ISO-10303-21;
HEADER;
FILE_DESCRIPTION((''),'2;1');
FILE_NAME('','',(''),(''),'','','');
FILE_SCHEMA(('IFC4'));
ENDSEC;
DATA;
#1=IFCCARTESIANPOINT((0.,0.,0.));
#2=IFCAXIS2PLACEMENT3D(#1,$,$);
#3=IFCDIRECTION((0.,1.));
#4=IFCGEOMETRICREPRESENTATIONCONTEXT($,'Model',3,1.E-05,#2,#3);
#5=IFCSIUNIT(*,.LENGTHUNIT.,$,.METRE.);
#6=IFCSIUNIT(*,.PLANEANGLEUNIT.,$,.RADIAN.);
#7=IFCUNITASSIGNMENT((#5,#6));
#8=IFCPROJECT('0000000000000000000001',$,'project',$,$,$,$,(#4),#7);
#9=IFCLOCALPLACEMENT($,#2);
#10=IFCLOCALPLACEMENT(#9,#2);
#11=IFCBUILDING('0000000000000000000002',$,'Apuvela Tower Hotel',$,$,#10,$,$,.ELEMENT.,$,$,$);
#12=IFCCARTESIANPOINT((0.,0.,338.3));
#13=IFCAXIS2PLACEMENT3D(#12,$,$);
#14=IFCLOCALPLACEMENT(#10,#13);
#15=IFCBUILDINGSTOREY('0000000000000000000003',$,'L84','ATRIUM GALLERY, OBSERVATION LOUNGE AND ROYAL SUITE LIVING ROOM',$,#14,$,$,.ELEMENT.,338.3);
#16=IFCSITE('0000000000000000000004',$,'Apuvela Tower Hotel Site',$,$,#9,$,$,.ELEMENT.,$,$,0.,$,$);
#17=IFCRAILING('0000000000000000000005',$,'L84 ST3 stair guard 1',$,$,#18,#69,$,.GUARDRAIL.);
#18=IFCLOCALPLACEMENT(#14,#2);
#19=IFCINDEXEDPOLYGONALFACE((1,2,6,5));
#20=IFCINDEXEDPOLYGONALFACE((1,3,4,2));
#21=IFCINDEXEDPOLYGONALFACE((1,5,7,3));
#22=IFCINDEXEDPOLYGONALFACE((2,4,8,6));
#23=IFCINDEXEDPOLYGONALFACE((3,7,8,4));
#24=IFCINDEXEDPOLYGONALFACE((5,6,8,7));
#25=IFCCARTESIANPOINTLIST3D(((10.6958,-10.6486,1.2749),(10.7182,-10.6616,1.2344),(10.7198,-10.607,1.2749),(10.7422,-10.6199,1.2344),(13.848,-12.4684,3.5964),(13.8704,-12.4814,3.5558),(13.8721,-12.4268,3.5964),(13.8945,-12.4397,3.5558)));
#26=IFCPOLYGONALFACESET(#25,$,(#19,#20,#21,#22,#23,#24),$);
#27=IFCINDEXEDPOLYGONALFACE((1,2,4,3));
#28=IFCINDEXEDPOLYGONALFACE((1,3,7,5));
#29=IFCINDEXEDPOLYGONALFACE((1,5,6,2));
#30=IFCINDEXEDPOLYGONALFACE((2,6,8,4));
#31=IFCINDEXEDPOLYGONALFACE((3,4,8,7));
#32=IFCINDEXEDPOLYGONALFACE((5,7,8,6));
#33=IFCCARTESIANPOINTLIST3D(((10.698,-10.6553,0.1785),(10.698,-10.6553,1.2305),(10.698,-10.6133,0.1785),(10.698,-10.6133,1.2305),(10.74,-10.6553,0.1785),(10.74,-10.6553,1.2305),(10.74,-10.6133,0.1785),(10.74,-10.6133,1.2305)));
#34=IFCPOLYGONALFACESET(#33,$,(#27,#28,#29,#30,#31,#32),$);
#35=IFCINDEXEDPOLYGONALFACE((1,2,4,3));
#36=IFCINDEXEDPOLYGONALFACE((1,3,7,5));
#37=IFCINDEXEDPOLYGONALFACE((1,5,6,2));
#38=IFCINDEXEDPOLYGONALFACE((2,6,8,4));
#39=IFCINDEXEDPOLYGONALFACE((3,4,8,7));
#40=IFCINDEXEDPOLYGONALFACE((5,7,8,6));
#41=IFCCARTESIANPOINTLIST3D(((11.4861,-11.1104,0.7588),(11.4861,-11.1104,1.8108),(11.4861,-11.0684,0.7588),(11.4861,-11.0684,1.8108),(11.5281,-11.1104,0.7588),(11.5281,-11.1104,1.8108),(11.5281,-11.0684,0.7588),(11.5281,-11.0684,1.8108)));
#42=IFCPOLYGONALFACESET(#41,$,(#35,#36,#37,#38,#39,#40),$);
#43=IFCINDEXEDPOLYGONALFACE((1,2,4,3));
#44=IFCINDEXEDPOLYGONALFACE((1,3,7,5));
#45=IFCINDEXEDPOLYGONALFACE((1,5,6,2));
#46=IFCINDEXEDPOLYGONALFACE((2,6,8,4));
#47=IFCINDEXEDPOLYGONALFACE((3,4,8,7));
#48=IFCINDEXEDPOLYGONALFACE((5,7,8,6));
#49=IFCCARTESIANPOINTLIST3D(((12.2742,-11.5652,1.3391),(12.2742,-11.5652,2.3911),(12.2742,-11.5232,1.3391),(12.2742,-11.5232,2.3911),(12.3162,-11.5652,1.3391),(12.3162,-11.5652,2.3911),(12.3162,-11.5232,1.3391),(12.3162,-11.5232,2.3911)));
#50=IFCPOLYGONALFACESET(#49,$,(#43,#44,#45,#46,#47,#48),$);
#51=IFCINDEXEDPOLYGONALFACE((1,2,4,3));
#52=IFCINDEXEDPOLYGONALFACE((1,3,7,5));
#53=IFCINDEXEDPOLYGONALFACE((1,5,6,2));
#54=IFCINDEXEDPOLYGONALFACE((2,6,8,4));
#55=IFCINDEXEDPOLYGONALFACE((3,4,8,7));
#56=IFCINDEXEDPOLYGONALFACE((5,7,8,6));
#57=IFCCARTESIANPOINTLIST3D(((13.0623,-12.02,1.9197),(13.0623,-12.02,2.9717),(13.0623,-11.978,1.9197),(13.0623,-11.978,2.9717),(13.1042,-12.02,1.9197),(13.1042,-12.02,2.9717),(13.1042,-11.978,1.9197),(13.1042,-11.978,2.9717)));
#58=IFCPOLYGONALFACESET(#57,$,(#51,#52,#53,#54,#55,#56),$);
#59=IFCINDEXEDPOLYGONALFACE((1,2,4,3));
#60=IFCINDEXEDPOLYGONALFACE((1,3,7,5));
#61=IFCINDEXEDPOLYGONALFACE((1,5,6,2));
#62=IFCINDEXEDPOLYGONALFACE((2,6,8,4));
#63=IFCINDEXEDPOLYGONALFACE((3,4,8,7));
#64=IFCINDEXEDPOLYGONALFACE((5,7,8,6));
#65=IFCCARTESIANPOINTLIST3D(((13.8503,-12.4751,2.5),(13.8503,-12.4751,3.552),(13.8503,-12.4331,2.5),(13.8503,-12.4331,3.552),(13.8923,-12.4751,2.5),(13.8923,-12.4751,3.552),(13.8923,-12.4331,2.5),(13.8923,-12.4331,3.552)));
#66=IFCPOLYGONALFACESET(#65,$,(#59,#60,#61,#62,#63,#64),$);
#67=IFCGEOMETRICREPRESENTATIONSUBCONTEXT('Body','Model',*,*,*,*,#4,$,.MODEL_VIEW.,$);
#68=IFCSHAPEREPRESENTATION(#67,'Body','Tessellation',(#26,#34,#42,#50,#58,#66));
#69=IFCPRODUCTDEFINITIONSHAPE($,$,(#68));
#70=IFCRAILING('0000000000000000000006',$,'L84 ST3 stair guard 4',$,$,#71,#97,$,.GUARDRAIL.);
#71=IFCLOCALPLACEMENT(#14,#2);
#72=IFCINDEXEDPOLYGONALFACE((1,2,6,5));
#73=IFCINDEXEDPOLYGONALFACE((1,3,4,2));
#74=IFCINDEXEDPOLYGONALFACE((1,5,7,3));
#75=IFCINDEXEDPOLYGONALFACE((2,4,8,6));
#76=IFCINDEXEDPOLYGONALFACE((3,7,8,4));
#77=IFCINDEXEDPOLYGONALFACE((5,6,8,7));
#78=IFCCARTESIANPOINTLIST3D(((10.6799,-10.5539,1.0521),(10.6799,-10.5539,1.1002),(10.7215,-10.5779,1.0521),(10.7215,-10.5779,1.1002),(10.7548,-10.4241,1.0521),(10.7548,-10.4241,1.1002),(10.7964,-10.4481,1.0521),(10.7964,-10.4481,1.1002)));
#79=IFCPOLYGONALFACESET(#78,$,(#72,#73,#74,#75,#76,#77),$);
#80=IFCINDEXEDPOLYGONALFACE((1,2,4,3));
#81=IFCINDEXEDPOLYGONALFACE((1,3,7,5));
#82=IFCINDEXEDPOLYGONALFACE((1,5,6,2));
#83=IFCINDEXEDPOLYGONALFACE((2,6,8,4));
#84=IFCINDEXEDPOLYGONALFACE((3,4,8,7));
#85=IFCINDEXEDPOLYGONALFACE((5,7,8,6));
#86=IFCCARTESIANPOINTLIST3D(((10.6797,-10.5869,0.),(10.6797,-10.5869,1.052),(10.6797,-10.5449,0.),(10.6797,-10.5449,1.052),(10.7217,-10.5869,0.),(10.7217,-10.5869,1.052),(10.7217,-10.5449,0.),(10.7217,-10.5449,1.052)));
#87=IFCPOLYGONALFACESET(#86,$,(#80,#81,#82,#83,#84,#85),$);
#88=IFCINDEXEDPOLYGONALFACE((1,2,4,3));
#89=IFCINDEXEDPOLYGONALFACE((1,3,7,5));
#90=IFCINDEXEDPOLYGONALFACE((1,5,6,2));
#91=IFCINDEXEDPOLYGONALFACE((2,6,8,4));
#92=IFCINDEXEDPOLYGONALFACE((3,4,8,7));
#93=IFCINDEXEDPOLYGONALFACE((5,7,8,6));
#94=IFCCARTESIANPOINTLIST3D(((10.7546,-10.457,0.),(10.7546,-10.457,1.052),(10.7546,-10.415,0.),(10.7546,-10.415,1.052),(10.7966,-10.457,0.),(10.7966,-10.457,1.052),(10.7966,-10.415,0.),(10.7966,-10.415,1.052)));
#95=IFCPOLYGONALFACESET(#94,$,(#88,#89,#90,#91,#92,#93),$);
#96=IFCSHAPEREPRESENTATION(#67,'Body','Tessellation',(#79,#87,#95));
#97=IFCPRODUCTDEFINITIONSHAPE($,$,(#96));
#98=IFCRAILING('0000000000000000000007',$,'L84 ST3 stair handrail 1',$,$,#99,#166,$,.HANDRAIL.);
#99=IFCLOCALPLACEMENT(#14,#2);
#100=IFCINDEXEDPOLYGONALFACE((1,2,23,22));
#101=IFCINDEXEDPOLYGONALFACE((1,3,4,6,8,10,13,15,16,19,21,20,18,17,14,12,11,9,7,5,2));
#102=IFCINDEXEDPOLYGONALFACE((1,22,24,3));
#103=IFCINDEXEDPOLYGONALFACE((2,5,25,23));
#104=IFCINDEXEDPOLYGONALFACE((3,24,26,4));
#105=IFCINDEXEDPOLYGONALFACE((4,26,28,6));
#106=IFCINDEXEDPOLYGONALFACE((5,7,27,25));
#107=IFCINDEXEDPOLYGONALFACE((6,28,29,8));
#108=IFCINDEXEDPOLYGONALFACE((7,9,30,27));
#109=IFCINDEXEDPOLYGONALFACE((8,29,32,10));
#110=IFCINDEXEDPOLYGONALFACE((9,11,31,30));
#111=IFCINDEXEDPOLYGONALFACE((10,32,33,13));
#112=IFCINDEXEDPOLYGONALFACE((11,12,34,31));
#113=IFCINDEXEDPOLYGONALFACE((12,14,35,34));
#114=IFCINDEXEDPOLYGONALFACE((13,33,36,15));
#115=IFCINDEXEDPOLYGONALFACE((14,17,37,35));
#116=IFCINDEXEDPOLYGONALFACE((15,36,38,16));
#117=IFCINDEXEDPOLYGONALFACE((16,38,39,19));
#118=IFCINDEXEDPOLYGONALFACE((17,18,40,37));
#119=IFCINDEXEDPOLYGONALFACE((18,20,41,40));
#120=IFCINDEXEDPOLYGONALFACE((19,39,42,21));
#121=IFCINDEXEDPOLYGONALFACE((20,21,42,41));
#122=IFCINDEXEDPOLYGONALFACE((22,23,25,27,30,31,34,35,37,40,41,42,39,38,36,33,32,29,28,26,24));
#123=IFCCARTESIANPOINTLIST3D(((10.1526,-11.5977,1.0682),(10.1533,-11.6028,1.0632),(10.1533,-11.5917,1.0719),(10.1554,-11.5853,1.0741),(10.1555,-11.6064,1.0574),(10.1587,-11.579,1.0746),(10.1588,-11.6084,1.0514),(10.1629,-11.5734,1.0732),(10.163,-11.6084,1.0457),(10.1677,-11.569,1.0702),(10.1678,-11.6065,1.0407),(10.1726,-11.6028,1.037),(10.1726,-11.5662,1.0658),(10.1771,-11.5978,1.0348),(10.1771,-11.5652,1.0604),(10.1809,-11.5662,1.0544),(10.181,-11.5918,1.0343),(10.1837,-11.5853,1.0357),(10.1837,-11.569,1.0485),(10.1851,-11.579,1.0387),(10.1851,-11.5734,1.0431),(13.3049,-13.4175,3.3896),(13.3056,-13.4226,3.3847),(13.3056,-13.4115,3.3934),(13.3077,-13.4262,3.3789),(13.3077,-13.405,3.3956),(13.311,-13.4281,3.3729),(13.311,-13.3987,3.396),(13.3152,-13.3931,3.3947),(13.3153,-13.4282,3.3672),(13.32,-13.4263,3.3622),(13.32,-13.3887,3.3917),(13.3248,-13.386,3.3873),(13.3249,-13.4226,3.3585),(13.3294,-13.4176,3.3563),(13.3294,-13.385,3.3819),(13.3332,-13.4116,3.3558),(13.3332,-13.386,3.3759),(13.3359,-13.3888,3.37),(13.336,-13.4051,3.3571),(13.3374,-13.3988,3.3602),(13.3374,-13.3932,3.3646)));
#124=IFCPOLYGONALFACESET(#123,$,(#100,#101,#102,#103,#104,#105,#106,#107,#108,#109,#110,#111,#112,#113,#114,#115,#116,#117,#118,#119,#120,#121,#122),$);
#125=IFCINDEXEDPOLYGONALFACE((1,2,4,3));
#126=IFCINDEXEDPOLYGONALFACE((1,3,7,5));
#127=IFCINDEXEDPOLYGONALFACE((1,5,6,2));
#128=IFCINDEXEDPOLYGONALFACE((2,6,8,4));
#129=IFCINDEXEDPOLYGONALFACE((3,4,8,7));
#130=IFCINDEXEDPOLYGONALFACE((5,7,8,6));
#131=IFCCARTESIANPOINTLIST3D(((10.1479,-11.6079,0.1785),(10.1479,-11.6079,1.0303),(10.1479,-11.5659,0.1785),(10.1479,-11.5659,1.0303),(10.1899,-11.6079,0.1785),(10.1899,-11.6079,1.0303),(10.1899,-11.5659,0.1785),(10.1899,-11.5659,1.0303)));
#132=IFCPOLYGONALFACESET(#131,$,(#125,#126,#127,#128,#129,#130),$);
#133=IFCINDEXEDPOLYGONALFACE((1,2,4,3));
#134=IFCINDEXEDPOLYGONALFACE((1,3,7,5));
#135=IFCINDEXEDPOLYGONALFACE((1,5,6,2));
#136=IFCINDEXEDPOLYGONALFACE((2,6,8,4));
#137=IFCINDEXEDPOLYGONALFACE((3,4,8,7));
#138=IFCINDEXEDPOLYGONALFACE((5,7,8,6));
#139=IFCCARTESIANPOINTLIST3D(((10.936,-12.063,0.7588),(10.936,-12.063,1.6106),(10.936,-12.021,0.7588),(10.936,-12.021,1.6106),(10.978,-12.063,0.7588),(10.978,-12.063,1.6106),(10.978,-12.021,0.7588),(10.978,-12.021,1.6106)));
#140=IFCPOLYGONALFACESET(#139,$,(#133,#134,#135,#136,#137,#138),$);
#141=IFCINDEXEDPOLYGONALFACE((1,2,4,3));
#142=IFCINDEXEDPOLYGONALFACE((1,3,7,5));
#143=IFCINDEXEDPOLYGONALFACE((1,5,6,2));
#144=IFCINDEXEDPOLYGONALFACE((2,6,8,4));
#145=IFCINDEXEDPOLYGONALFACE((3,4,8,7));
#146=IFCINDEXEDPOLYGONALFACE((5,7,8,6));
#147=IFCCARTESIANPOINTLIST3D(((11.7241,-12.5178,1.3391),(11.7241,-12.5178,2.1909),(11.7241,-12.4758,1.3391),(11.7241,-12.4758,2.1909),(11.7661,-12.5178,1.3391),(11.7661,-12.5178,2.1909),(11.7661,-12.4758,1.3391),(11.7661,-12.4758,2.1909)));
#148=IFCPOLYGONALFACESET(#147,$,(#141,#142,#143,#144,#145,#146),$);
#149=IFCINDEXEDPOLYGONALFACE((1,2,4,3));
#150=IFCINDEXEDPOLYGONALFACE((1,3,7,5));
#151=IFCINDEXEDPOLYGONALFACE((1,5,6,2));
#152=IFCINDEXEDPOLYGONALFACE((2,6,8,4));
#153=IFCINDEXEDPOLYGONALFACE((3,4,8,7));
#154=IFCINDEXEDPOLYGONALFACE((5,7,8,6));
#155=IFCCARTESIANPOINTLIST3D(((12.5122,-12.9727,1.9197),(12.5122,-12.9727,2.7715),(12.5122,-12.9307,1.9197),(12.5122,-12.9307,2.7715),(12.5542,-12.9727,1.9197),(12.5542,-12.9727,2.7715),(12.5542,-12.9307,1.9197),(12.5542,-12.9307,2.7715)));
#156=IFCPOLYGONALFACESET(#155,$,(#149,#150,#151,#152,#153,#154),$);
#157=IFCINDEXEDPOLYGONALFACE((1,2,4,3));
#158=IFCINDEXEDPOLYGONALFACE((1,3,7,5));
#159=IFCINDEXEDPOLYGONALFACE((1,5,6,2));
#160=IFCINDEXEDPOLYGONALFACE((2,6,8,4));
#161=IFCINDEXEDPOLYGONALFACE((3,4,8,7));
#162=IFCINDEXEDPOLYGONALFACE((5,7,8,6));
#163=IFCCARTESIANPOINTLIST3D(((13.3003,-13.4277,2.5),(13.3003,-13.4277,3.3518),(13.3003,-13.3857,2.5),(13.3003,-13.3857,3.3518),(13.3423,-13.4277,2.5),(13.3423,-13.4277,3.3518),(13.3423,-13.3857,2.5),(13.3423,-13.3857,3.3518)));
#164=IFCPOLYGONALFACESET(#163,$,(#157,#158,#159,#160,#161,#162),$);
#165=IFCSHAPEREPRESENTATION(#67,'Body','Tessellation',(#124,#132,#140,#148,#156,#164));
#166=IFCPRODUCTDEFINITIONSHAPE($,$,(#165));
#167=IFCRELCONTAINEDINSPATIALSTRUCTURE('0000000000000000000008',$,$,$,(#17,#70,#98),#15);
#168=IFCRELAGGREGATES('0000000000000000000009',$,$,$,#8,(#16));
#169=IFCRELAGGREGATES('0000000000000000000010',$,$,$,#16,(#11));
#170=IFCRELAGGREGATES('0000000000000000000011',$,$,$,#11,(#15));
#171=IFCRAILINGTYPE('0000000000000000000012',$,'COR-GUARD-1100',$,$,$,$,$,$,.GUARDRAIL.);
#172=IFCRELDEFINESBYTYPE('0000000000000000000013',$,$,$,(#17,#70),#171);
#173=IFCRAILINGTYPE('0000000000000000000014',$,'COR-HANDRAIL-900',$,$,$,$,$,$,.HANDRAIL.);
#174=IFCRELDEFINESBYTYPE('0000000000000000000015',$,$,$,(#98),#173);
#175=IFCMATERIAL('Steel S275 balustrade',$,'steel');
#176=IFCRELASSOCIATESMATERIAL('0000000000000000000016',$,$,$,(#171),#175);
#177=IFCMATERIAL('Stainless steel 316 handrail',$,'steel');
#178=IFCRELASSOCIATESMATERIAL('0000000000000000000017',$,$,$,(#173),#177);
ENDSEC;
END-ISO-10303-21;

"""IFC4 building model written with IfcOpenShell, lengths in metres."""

from ifc_helpers import new_model, si_unit, direction, frame, origin, origin_2d, place, context, subcontext, project, spatial, rectangle, circle, extrude, material, type_object, element, save


model = new_model("IFC4")

# Units and contexts
model_context = context("Model", 3, precision=1e-05, world=origin(), true_north=direction((0.0, 1.0)))
body_context = subcontext(model_context, "Body", "Model", "MODEL_VIEW")
ifc_project = project(units=[si_unit("LENGTHUNIT", "METRE"), si_unit("PLANEANGLEUNIT", "RADIAN")], contexts=[model_context])

# Site, building, storey
site_placement = place(None, origin())
site = spatial("IfcSite", under=ifc_project, at=site_placement, Name="Apuvela Tower Hotel Site", CompositionType="ELEMENT", RefElevation=0.0)
building_placement = place(site_placement, origin())
building = spatial("IfcBuilding", under=site, at=building_placement, Name="Apuvela Tower Hotel", CompositionType="ELEMENT")
storey_placement = place(building_placement, frame((0.0, 0.0, 338.3)))
storey = spatial("IfcBuildingStorey", under=building, at=storey_placement, Name="L84", Description="ATRIUM GALLERY, OBSERVATION LOUNGE AND ROYAL SUITE LIVING ROOM", CompositionType="ELEMENT", Elevation=338.3)

# Railings
ifc_material_1 = material(Name="Steel S275 balustrade", Category="steel")
railing_type_1 = type_object("IfcRailingType", Name="COR-GUARD-1100", PredefinedType="GUARDRAIL", material=ifc_material_1)
railing_1_placement = place(storey_placement, frame((10.719, -10.6343, 0.1785)))
element("IfcRailing", 1, at=railing_1_placement, inside=storey, type_object=railing_type_1, Name="L84 ST3 stair guard 1", PredefinedType="GUARDRAIL", context=body_context, shape_type="SweptSolid", body=[
    extrude(rectangle(XDim=0.0481, YDim=0.0481, at=origin_2d()), frame((0.0, 0.0, 1.0762), z_axis=(0.730176, -0.421525, 0.537736), x_axis=(0.499962, 0.866047, 0.0)), (0.0, 0.0, 1.0), 4.3171),
    extrude(rectangle(XDim=0.042, YDim=0.042, at=origin_2d()), origin(), (0.0, 0.0, 1.0), 1.052),
    extrude(rectangle(XDim=0.042, YDim=0.042, at=origin_2d()), frame((0.7881, -0.4551, 0.5803)), (0.0, 0.0, 1.0), 1.052),
    extrude(rectangle(XDim=0.042, YDim=0.042, at=origin_2d()), frame((1.5762, -0.9099, 1.1606)), (0.0, 0.0, 1.0), 1.052),
    extrude(rectangle(XDim=0.042, YDim=0.042, at=origin_2d()), frame((2.3643, -1.3647, 1.7412)), (0.0, 0.0, 1.0), 1.052),
    extrude(rectangle(XDim=0.042, YDim=0.042, at=origin_2d()), frame((3.1523, -1.8198, 2.3215)), (0.0, 0.0, 1.0), 1.052),
])
railing_2_placement = place(storey_placement, frame((10.7007, -10.5659, 0.0)))
element("IfcRailing", 2, at=railing_2_placement, inside=storey, type_object=railing_type_1, Name="L84 ST3 stair guard 4", PredefinedType="GUARDRAIL", context=body_context, shape_type="SweptSolid", body=[
    extrude(rectangle(XDim=0.0481, YDim=0.0481, at=origin_2d()), frame((0.0, 0.0, 1.0762), z_axis=(0.499816, 0.866131, 0.0), x_axis=(-0.866131, 0.499816, 0.0)), (0.0, 0.0, 1.0), 0.1499),
    extrude(rectangle(XDim=0.042, YDim=0.042, at=origin_2d()), origin(), (0.0, 0.0, 1.0), 1.052),
    extrude(rectangle(XDim=0.042, YDim=0.042, at=origin_2d()), frame((0.075, 0.1299, 0.0)), (0.0, 0.0, 1.0), 1.052),
])
ifc_material_2 = material(Name="Stainless steel 316 handrail", Category="steel")
railing_type_2 = type_object("IfcRailingType", Name="COR-HANDRAIL-900", PredefinedType="HANDRAIL", material=ifc_material_2)
railing_3_placement = place(storey_placement, frame((10.1689, -11.5869, 0.1785)))
element("IfcRailing", 3, at=railing_3_placement, inside=storey, type_object=railing_type_2, Name="L84 ST3 stair handrail 1", PredefinedType="HANDRAIL", context=body_context, shape_type="SweptSolid", body=[
    extrude(circle(Radius=0.0239, at=origin_2d()), frame((0.0, 0.0, 0.876), z_axis=(0.730176, -0.421525, 0.537736), x_axis=(0.499962, 0.866047, 0.0)), (0.0, 0.0, 1.0), 4.3171),
    extrude(rectangle(XDim=0.042, YDim=0.042, at=origin_2d()), origin(), (0.0, 0.0, 1.0), 0.8518),
    extrude(rectangle(XDim=0.042, YDim=0.042, at=origin_2d()), frame((0.7881, -0.4551, 0.5803)), (0.0, 0.0, 1.0), 0.8518),
    extrude(rectangle(XDim=0.042, YDim=0.042, at=origin_2d()), frame((1.5762, -0.9099, 1.1606)), (0.0, 0.0, 1.0), 0.8518),
    extrude(rectangle(XDim=0.042, YDim=0.042, at=origin_2d()), frame((2.3643, -1.3647, 1.7412)), (0.0, 0.0, 1.0), 0.8518),
    extrude(rectangle(XDim=0.042, YDim=0.042, at=origin_2d()), frame((3.1523, -1.8198, 2.3215)), (0.0, 0.0, 1.0), 0.8518),
])

save(model, "model.ifc")
